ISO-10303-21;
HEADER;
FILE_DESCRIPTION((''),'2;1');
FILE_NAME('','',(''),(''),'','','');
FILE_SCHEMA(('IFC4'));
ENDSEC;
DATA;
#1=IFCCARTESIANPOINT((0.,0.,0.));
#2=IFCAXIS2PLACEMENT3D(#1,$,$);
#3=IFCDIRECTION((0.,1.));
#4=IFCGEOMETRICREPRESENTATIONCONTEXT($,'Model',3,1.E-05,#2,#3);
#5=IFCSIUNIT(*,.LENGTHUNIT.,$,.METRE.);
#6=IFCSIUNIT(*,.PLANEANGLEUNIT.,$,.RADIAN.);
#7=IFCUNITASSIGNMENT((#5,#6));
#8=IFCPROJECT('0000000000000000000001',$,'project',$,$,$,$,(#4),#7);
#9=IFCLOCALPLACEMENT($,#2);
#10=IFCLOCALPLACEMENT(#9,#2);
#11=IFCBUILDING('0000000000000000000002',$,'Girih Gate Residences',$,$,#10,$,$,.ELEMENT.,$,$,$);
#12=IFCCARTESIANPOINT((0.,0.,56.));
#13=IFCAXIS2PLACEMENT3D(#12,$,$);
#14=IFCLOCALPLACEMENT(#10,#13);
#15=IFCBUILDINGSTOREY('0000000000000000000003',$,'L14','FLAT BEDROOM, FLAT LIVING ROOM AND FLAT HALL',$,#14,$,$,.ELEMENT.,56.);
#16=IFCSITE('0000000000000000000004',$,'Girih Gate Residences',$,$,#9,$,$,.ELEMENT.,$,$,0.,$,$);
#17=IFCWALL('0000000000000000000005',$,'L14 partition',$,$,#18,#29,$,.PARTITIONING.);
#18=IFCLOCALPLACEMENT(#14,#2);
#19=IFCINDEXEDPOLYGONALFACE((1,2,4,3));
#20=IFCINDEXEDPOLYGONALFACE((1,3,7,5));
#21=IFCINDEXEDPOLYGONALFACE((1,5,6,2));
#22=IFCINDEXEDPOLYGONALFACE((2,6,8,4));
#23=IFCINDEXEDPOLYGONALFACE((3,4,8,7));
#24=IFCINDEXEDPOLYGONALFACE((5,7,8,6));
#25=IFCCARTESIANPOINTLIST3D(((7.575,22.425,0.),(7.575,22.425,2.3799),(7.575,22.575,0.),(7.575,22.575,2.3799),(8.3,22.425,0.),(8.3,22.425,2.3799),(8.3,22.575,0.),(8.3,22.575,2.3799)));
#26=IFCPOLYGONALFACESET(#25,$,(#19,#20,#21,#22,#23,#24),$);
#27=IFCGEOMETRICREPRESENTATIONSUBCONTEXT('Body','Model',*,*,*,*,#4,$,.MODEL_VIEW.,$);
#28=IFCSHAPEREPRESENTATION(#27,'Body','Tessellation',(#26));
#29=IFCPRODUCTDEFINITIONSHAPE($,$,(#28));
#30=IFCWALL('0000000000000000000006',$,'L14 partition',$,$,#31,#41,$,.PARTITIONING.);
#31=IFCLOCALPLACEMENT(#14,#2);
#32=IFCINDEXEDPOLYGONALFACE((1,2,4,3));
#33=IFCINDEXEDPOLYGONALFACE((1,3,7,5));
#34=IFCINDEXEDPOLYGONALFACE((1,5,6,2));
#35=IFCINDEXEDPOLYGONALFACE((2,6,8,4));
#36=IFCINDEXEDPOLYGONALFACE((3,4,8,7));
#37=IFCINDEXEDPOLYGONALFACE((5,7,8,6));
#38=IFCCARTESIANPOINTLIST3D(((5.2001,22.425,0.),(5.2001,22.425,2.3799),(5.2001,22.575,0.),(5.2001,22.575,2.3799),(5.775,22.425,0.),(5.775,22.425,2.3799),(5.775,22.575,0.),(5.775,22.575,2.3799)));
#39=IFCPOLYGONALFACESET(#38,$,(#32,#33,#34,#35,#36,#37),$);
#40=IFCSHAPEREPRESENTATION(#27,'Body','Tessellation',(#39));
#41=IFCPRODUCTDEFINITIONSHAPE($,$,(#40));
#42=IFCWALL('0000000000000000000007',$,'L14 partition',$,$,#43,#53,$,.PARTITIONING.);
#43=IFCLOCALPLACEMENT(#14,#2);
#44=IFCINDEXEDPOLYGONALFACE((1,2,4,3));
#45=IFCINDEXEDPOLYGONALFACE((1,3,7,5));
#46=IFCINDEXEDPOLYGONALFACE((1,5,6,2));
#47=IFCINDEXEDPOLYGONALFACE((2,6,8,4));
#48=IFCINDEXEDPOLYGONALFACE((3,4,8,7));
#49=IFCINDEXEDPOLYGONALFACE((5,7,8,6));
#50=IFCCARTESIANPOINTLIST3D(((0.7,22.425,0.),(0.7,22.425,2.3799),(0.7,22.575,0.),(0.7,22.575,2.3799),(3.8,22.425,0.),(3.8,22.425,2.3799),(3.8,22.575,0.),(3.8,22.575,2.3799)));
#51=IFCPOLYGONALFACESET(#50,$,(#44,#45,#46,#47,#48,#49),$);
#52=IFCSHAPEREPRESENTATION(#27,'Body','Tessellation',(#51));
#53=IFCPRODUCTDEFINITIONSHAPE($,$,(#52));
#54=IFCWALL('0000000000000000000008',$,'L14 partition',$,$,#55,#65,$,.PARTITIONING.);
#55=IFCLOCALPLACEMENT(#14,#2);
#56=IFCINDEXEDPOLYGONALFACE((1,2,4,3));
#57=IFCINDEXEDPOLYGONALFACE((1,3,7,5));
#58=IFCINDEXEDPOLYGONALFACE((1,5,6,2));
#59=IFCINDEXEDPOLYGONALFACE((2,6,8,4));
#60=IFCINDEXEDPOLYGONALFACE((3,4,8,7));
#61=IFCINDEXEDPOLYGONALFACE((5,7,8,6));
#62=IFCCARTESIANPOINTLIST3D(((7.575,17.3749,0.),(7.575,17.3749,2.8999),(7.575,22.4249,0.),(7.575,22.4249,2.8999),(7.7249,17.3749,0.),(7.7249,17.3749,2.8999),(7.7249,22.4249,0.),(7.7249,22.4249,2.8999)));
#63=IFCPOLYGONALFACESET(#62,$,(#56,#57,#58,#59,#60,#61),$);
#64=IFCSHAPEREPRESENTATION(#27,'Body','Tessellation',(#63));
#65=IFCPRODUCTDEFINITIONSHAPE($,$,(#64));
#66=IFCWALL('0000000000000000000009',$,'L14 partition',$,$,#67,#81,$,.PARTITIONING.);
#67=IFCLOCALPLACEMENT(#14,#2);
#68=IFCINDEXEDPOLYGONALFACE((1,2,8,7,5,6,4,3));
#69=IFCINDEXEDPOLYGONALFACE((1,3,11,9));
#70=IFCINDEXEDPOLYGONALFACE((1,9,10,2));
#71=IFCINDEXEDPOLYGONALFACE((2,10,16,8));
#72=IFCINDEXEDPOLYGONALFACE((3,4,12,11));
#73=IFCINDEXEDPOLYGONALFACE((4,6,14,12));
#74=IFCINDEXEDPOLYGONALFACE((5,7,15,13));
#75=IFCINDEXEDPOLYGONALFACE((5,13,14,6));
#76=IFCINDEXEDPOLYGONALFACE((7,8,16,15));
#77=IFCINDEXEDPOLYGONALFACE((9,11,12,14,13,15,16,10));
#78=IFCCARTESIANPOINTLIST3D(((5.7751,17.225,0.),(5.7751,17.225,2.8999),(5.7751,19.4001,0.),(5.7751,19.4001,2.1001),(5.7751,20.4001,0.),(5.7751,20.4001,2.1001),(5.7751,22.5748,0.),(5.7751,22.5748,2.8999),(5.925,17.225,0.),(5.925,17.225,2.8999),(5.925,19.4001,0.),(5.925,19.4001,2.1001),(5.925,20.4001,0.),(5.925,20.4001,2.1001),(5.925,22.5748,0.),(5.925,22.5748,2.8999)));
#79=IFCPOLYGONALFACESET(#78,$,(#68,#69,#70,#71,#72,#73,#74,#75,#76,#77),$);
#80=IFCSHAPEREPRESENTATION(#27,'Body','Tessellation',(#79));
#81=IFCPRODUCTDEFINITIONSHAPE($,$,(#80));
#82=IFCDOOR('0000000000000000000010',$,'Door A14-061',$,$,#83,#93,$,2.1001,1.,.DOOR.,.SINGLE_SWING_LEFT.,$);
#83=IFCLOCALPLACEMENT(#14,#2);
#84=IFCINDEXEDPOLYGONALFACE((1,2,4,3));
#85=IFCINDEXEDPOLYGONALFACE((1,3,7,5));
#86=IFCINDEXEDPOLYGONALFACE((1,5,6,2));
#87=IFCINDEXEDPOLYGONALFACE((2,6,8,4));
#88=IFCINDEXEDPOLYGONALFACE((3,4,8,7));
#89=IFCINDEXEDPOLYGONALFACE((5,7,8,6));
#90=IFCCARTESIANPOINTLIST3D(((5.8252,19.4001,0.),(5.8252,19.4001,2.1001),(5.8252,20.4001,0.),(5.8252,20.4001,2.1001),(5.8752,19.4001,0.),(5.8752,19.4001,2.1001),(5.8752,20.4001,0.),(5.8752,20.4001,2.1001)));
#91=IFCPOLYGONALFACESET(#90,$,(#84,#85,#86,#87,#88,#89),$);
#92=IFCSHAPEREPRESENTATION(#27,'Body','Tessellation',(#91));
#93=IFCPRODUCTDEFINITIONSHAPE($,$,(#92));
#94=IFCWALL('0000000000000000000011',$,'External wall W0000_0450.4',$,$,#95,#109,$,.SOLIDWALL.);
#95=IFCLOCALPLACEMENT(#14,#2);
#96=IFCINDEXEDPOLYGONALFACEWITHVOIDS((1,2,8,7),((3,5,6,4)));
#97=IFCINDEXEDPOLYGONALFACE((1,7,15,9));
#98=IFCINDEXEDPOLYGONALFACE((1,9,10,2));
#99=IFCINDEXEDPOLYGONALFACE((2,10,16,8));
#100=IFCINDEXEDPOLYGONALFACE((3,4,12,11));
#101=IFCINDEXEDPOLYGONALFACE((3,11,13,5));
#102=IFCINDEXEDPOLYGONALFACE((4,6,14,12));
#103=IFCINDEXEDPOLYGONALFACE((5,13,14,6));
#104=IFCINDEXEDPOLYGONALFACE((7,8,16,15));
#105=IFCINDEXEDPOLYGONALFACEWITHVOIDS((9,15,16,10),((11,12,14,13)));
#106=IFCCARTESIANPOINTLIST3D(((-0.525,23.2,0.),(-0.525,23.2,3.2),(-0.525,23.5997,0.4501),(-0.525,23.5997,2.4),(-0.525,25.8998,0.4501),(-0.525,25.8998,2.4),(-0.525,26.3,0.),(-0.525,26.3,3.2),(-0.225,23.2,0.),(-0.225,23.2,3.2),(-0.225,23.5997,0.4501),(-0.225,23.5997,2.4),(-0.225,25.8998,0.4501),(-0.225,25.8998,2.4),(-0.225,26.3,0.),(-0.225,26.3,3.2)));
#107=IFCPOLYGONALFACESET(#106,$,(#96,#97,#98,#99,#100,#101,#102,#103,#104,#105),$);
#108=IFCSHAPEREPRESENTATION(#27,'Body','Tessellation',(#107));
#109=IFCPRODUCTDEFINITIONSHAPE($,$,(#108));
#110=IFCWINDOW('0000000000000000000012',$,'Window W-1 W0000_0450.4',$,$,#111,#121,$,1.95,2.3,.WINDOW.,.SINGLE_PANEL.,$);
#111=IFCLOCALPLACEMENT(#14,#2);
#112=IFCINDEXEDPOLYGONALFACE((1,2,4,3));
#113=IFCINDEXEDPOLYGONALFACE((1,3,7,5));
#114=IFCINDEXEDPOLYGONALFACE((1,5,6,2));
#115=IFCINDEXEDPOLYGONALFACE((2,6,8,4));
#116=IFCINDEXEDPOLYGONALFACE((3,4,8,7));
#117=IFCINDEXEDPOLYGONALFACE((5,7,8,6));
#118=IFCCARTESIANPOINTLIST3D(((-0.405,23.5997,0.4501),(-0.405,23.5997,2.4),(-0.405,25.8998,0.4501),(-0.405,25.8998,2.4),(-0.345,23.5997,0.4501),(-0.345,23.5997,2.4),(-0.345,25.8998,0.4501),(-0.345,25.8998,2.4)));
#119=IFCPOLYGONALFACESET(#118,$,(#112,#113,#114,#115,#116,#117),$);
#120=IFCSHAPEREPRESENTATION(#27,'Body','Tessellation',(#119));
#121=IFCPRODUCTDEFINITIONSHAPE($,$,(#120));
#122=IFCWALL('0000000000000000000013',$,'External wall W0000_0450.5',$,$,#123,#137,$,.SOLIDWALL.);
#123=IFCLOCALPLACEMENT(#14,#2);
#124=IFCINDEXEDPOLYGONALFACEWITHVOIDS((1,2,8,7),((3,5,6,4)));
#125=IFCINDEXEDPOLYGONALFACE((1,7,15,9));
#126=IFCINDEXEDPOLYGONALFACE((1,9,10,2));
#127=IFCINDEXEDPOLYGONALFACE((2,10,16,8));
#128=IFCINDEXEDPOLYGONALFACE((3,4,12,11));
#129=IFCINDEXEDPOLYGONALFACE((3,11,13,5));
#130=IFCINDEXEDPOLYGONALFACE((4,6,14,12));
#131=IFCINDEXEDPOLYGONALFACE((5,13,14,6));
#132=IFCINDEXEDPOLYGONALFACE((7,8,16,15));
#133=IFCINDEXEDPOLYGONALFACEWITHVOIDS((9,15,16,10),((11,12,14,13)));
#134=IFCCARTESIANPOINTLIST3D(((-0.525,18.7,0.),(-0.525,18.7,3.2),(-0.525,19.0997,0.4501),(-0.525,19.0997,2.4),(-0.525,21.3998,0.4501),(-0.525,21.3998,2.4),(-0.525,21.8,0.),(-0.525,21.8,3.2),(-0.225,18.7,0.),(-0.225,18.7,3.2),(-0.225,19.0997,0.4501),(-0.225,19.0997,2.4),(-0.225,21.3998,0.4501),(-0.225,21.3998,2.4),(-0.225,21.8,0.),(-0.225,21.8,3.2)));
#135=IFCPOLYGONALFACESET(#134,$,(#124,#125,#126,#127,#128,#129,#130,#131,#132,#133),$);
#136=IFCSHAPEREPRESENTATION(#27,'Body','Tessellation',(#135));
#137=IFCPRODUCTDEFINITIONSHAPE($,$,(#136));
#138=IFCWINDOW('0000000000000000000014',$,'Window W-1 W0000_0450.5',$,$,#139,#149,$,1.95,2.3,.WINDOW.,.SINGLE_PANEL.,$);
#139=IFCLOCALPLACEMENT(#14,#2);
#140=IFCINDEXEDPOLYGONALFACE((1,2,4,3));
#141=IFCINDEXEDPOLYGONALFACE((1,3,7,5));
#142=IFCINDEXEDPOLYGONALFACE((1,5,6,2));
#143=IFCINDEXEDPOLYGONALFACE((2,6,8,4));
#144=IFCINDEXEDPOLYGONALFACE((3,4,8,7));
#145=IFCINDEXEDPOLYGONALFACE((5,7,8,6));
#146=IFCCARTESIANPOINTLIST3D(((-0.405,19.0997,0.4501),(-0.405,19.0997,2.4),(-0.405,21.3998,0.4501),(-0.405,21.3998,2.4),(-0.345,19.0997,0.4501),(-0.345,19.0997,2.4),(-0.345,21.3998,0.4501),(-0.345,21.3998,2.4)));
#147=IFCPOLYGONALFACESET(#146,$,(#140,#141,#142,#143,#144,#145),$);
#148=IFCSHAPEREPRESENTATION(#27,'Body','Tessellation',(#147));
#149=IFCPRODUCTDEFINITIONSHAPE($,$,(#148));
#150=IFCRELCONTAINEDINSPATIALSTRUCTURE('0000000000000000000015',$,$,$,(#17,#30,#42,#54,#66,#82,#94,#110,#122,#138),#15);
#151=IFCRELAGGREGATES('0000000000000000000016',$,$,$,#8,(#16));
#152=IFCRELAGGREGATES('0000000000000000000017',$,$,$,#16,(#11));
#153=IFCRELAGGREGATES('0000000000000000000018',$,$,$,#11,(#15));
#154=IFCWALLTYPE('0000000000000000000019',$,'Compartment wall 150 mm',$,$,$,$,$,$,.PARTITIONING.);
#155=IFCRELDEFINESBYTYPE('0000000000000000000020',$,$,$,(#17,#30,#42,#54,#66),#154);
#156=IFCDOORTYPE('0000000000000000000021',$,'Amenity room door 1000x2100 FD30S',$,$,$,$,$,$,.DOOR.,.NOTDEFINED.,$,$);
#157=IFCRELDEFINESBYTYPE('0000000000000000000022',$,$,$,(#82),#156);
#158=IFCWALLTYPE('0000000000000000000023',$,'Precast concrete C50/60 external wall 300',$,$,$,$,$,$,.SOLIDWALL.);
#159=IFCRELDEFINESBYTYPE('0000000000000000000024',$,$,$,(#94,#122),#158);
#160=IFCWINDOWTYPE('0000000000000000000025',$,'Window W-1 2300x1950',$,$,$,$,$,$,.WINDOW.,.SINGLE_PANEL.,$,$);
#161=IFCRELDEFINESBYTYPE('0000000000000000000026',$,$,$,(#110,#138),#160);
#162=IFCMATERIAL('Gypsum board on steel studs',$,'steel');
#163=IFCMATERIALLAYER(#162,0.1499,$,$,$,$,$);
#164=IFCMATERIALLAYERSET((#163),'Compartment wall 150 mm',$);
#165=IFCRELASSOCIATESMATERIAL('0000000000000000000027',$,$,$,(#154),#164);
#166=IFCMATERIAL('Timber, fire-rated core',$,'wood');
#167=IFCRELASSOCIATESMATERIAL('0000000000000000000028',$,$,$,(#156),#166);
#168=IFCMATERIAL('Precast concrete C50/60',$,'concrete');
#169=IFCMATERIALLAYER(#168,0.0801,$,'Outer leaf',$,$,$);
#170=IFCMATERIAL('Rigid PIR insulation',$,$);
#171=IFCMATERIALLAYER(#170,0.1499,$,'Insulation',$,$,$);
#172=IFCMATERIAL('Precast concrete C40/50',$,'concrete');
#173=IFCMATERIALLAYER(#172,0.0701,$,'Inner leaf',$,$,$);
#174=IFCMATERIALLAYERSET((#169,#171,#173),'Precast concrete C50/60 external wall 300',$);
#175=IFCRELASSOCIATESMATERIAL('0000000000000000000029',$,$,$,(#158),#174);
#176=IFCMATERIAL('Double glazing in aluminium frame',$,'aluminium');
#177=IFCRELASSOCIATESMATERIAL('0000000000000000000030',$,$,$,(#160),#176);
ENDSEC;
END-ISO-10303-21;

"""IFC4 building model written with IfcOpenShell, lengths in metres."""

from ifc_helpers import new_model, si_unit, direction, frame, frame_2d, origin, place, context, subcontext, project, spatial, rectangle, extrude, material, layer, layer_set, type_object, element, fill, save


model = new_model("IFC4")

# Units and contexts
model_context = context("Model", 3, precision=1e-05, world=origin(), true_north=direction((0.0, 1.0)))
body_context = subcontext(model_context, "Body", "Model", "MODEL_VIEW")
ifc_project = project(units=[si_unit("LENGTHUNIT", "METRE"), si_unit("PLANEANGLEUNIT", "RADIAN")], contexts=[model_context])

# Site, building, storey
site_placement = place(None, origin())
site = spatial("IfcSite", under=ifc_project, at=site_placement, Name="Girih Gate Residences", CompositionType="ELEMENT", RefElevation=0.0)
building_placement = place(site_placement, origin())
building = spatial("IfcBuilding", under=site, at=building_placement, Name="Girih Gate Residences", CompositionType="ELEMENT")
storey_placement = place(building_placement, frame((0.0, 0.0, 56.0)))
storey = spatial("IfcBuildingStorey", under=building, at=storey_placement, Name="L14", Description="FLAT BEDROOM, FLAT LIVING ROOM AND FLAT HALL", CompositionType="ELEMENT", Elevation=56.0)

# Shared definitions
ifc_material_1 = material(Name="Gypsum board on steel studs", Category="steel")
ifc_layer_1 = layer(ifc_material_1, 0.1499)
ifc_layer_set_1 = layer_set([ifc_layer_1], Name="Compartment wall 150 mm")
wall_type_1 = type_object("IfcWallType", Name="Compartment wall 150 mm", PredefinedType="PARTITIONING", material=ifc_layer_set_1)

# Walls
wall_1_placement = place(storey_placement, frame((7.575, 22.5, 0.0), z_axis=(0.0, 0.0, 1.0), x_axis=(1.0, 0.0, 0.0)))
element("IfcWall", 1, at=wall_1_placement, inside=storey, type_object=wall_type_1, Name="L14 partition", PredefinedType="PARTITIONING", context=body_context, shape_type="SweptSolid", body=[
    extrude(rectangle(XDim=0.7251, YDim=0.1499, at=frame_2d((0.3625, 0.0))), origin(), (0.0, 0.0, 1.0), 2.3799),
])
wall_2_placement = place(storey_placement, frame((5.2, 22.5, 0.0), z_axis=(0.0, 0.0, 1.0), x_axis=(1.0, 0.0, 0.0)))
element("IfcWall", 2, at=wall_2_placement, inside=storey, type_object=wall_type_1, Name="L14 partition", PredefinedType="PARTITIONING", context=body_context, shape_type="SweptSolid", body=[
    extrude(rectangle(XDim=0.575, YDim=0.1499, at=frame_2d((0.2876, 0.0))), origin(), (0.0, 0.0, 1.0), 2.3799),
])
wall_3_placement = place(storey_placement, frame((0.7, 22.5, 0.0), z_axis=(0.0, 0.0, 1.0), x_axis=(1.0, 0.0, 0.0)))
element("IfcWall", 3, at=wall_3_placement, inside=storey, type_object=wall_type_1, Name="L14 partition", PredefinedType="PARTITIONING", context=body_context, shape_type="SweptSolid", body=[
    extrude(rectangle(XDim=3.1001, YDim=0.1499, at=frame_2d((1.55, 0.0))), origin(), (0.0, 0.0, 1.0), 2.3799),
])
wall_4_placement = place(storey_placement, frame((7.6499, 17.375, 0.0), z_axis=(0.0, 0.0, 1.0), x_axis=(0.0, 1.0, 0.0)))
element("IfcWall", 4, at=wall_4_placement, inside=storey, type_object=wall_type_1, Name="L14 partition", PredefinedType="PARTITIONING", context=body_context, shape_type="SweptSolid", body=[
    extrude(rectangle(XDim=5.05, YDim=0.1499, at=frame_2d((2.5249, 0.0))), origin(), (0.0, 0.0, 1.0), 2.8999),
])

# Wall, opening, door
wall_5_placement = place(storey_placement, frame((5.8501, 17.2251, 0.0), z_axis=(0.0, 0.0, 1.0), x_axis=(0.0, 1.0, 0.0)))
wall_5 = element("IfcWall", 5, at=wall_5_placement, inside=storey, type_object=wall_type_1, Name="L14 partition", PredefinedType="PARTITIONING", context=body_context, shape_type="SweptSolid", body=[
    extrude(rectangle(XDim=5.3499, YDim=0.1499, at=frame_2d((2.6748, 0.0))), origin(), (0.0, 0.0, 1.0), 2.8999),
])
opening_1_placement = place(wall_5_placement, frame((2.175, 0.0, 0.0)))
opening_1 = element("IfcOpeningElement", 6, at=opening_1_placement, cuts=wall_5, PredefinedType="OPENING", context=body_context, shape_type="SweptSolid", body=[
    extrude(rectangle(XDim=1.0, YDim=2.1001, at=frame_2d((0.5, 1.05))), frame((0.0, 0.085, 0.0), z_axis=(0.0, -1.0, 0.0), x_axis=(1.0, 0.0, 0.0)), (0.0, 0.0, 1.0), 0.1699),
])
ifc_material_2 = material(Name="Timber, fire-rated core", Category="wood")
door_type_1 = type_object("IfcDoorType", Name="Amenity room door 1000x2100 FD30S", OperationType="NOTDEFINED", PredefinedType="DOOR", material=ifc_material_2)
door_1_placement = place(opening_1_placement, origin())
door_1 = element("IfcDoor", 7, at=door_1_placement, inside=storey, type_object=door_type_1, Name="Door A14-061", OperationType="SINGLE_SWING_LEFT", OverallHeight=2.1001, OverallWidth=1.0, PredefinedType="DOOR", context=body_context, shape_type="SweptSolid", body=[
    extrude(rectangle(XDim=1.0, YDim=2.1001, at=frame_2d((0.5, 1.05))), frame((0.0, 0.0249, 0.0), z_axis=(0.0, -1.0, 0.0), x_axis=(1.0, 0.0, 0.0)), (0.0, 0.0, 1.0), 0.05),
])
fill(opening_1, door_1)

# Walls, openings, windows
ifc_material_3 = material(Name="Precast concrete C50/60", Category="concrete")
ifc_layer_2 = layer(ifc_material_3, 0.0801, Name="Outer leaf")
ifc_material_4 = material(Name="Rigid PIR insulation")
ifc_layer_3 = layer(ifc_material_4, 0.1499, Name="Insulation")
ifc_material_5 = material(Name="Precast concrete C40/50", Category="concrete")
ifc_layer_4 = layer(ifc_material_5, 0.0701, Name="Inner leaf")
ifc_layer_set_2 = layer_set([ifc_layer_2, ifc_layer_3, ifc_layer_4], Name="Precast concrete C50/60 external wall 300")
wall_type_2 = type_object("IfcWallType", Name="Precast concrete C50/60 external wall 300", PredefinedType="SOLIDWALL", material=ifc_layer_set_2)
wall_6_placement = place(storey_placement, frame((-0.375, 23.2, 0.0), z_axis=(0.0, 0.0, 1.0), x_axis=(0.0, 1.0, 0.0)))
wall_6 = element("IfcWall", 8, at=wall_6_placement, inside=storey, type_object=wall_type_2, Name="External wall W0000_0450.4", PredefinedType="SOLIDWALL", context=body_context, shape_type="SweptSolid", body=[
    extrude(rectangle(XDim=3.1001, YDim=0.3, at=frame_2d((1.55, 0.0))), origin(), (0.0, 0.0, 1.0), 3.2),
])
opening_2_placement = place(wall_6_placement, frame((0.3999, 0.0, 0.45)))
opening_2 = element("IfcOpeningElement", 9, at=opening_2_placement, cuts=wall_6, PredefinedType="OPENING", context=body_context, shape_type="SweptSolid", body=[
    extrude(rectangle(XDim=2.3, YDim=1.95, at=frame_2d((1.1499, 0.9751))), frame((0.0, 0.1599, 0.0), z_axis=(0.0, -1.0, 0.0), x_axis=(1.0, 0.0, 0.0)), (0.0, 0.0, 1.0), 0.3201),
])
ifc_material_6 = material(Name="Double glazing in aluminium frame", Category="aluminium")
window_type = type_object("IfcWindowType", Name="Window W-1 2300x1950", PartitioningType="SINGLE_PANEL", PredefinedType="WINDOW", material=ifc_material_6)
window_1_placement = place(opening_2_placement, origin())
window_1 = element("IfcWindow", 10, at=window_1_placement, inside=storey, type_object=window_type, Name="Window W-1 W0000_0450.4", OverallHeight=1.95, OverallWidth=2.3, PartitioningType="SINGLE_PANEL", PredefinedType="WINDOW", context=body_context, shape_type="SweptSolid", body=[
    extrude(rectangle(XDim=2.3, YDim=1.95, at=frame_2d((1.1499, 0.9751))), frame((0.0, 0.03, 0.0), z_axis=(0.0, -1.0, 0.0), x_axis=(1.0, 0.0, 0.0)), (0.0, 0.0, 1.0), 0.0601),
])
fill(opening_2, window_1)
wall_7_placement = place(storey_placement, frame((-0.375, 18.7, 0.0), z_axis=(0.0, 0.0, 1.0), x_axis=(0.0, 1.0, 0.0)))
wall_7 = element("IfcWall", 11, at=wall_7_placement, inside=storey, type_object=wall_type_2, Name="External wall W0000_0450.5", PredefinedType="SOLIDWALL", context=body_context, shape_type="SweptSolid", body=[
    extrude(rectangle(XDim=3.1001, YDim=0.3, at=frame_2d((1.55, 0.0))), origin(), (0.0, 0.0, 1.0), 3.2),
])
opening_3_placement = place(wall_7_placement, frame((0.3999, 0.0, 0.45)))
opening_3 = element("IfcOpeningElement", 12, at=opening_3_placement, cuts=wall_7, PredefinedType="OPENING", context=body_context, shape_type="SweptSolid", body=[
    extrude(rectangle(XDim=2.3, YDim=1.95, at=frame_2d((1.1499, 0.9751))), frame((0.0, 0.1599, 0.0), z_axis=(0.0, -1.0, 0.0), x_axis=(1.0, 0.0, 0.0)), (0.0, 0.0, 1.0), 0.3201),
])
window_2_placement = place(opening_3_placement, origin())
window_2 = element("IfcWindow", 13, at=window_2_placement, inside=storey, type_object=window_type, Name="Window W-1 W0000_0450.5", OverallHeight=1.95, OverallWidth=2.3, PartitioningType="SINGLE_PANEL", PredefinedType="WINDOW", context=body_context, shape_type="SweptSolid", body=[
    extrude(rectangle(XDim=2.3, YDim=1.95, at=frame_2d((1.1499, 0.9751))), frame((0.0, 0.03, 0.0), z_axis=(0.0, -1.0, 0.0), x_axis=(1.0, 0.0, 0.0)), (0.0, 0.0, 1.0), 0.0601),
])
fill(opening_3, window_2)

save(model, "model.ifc")
